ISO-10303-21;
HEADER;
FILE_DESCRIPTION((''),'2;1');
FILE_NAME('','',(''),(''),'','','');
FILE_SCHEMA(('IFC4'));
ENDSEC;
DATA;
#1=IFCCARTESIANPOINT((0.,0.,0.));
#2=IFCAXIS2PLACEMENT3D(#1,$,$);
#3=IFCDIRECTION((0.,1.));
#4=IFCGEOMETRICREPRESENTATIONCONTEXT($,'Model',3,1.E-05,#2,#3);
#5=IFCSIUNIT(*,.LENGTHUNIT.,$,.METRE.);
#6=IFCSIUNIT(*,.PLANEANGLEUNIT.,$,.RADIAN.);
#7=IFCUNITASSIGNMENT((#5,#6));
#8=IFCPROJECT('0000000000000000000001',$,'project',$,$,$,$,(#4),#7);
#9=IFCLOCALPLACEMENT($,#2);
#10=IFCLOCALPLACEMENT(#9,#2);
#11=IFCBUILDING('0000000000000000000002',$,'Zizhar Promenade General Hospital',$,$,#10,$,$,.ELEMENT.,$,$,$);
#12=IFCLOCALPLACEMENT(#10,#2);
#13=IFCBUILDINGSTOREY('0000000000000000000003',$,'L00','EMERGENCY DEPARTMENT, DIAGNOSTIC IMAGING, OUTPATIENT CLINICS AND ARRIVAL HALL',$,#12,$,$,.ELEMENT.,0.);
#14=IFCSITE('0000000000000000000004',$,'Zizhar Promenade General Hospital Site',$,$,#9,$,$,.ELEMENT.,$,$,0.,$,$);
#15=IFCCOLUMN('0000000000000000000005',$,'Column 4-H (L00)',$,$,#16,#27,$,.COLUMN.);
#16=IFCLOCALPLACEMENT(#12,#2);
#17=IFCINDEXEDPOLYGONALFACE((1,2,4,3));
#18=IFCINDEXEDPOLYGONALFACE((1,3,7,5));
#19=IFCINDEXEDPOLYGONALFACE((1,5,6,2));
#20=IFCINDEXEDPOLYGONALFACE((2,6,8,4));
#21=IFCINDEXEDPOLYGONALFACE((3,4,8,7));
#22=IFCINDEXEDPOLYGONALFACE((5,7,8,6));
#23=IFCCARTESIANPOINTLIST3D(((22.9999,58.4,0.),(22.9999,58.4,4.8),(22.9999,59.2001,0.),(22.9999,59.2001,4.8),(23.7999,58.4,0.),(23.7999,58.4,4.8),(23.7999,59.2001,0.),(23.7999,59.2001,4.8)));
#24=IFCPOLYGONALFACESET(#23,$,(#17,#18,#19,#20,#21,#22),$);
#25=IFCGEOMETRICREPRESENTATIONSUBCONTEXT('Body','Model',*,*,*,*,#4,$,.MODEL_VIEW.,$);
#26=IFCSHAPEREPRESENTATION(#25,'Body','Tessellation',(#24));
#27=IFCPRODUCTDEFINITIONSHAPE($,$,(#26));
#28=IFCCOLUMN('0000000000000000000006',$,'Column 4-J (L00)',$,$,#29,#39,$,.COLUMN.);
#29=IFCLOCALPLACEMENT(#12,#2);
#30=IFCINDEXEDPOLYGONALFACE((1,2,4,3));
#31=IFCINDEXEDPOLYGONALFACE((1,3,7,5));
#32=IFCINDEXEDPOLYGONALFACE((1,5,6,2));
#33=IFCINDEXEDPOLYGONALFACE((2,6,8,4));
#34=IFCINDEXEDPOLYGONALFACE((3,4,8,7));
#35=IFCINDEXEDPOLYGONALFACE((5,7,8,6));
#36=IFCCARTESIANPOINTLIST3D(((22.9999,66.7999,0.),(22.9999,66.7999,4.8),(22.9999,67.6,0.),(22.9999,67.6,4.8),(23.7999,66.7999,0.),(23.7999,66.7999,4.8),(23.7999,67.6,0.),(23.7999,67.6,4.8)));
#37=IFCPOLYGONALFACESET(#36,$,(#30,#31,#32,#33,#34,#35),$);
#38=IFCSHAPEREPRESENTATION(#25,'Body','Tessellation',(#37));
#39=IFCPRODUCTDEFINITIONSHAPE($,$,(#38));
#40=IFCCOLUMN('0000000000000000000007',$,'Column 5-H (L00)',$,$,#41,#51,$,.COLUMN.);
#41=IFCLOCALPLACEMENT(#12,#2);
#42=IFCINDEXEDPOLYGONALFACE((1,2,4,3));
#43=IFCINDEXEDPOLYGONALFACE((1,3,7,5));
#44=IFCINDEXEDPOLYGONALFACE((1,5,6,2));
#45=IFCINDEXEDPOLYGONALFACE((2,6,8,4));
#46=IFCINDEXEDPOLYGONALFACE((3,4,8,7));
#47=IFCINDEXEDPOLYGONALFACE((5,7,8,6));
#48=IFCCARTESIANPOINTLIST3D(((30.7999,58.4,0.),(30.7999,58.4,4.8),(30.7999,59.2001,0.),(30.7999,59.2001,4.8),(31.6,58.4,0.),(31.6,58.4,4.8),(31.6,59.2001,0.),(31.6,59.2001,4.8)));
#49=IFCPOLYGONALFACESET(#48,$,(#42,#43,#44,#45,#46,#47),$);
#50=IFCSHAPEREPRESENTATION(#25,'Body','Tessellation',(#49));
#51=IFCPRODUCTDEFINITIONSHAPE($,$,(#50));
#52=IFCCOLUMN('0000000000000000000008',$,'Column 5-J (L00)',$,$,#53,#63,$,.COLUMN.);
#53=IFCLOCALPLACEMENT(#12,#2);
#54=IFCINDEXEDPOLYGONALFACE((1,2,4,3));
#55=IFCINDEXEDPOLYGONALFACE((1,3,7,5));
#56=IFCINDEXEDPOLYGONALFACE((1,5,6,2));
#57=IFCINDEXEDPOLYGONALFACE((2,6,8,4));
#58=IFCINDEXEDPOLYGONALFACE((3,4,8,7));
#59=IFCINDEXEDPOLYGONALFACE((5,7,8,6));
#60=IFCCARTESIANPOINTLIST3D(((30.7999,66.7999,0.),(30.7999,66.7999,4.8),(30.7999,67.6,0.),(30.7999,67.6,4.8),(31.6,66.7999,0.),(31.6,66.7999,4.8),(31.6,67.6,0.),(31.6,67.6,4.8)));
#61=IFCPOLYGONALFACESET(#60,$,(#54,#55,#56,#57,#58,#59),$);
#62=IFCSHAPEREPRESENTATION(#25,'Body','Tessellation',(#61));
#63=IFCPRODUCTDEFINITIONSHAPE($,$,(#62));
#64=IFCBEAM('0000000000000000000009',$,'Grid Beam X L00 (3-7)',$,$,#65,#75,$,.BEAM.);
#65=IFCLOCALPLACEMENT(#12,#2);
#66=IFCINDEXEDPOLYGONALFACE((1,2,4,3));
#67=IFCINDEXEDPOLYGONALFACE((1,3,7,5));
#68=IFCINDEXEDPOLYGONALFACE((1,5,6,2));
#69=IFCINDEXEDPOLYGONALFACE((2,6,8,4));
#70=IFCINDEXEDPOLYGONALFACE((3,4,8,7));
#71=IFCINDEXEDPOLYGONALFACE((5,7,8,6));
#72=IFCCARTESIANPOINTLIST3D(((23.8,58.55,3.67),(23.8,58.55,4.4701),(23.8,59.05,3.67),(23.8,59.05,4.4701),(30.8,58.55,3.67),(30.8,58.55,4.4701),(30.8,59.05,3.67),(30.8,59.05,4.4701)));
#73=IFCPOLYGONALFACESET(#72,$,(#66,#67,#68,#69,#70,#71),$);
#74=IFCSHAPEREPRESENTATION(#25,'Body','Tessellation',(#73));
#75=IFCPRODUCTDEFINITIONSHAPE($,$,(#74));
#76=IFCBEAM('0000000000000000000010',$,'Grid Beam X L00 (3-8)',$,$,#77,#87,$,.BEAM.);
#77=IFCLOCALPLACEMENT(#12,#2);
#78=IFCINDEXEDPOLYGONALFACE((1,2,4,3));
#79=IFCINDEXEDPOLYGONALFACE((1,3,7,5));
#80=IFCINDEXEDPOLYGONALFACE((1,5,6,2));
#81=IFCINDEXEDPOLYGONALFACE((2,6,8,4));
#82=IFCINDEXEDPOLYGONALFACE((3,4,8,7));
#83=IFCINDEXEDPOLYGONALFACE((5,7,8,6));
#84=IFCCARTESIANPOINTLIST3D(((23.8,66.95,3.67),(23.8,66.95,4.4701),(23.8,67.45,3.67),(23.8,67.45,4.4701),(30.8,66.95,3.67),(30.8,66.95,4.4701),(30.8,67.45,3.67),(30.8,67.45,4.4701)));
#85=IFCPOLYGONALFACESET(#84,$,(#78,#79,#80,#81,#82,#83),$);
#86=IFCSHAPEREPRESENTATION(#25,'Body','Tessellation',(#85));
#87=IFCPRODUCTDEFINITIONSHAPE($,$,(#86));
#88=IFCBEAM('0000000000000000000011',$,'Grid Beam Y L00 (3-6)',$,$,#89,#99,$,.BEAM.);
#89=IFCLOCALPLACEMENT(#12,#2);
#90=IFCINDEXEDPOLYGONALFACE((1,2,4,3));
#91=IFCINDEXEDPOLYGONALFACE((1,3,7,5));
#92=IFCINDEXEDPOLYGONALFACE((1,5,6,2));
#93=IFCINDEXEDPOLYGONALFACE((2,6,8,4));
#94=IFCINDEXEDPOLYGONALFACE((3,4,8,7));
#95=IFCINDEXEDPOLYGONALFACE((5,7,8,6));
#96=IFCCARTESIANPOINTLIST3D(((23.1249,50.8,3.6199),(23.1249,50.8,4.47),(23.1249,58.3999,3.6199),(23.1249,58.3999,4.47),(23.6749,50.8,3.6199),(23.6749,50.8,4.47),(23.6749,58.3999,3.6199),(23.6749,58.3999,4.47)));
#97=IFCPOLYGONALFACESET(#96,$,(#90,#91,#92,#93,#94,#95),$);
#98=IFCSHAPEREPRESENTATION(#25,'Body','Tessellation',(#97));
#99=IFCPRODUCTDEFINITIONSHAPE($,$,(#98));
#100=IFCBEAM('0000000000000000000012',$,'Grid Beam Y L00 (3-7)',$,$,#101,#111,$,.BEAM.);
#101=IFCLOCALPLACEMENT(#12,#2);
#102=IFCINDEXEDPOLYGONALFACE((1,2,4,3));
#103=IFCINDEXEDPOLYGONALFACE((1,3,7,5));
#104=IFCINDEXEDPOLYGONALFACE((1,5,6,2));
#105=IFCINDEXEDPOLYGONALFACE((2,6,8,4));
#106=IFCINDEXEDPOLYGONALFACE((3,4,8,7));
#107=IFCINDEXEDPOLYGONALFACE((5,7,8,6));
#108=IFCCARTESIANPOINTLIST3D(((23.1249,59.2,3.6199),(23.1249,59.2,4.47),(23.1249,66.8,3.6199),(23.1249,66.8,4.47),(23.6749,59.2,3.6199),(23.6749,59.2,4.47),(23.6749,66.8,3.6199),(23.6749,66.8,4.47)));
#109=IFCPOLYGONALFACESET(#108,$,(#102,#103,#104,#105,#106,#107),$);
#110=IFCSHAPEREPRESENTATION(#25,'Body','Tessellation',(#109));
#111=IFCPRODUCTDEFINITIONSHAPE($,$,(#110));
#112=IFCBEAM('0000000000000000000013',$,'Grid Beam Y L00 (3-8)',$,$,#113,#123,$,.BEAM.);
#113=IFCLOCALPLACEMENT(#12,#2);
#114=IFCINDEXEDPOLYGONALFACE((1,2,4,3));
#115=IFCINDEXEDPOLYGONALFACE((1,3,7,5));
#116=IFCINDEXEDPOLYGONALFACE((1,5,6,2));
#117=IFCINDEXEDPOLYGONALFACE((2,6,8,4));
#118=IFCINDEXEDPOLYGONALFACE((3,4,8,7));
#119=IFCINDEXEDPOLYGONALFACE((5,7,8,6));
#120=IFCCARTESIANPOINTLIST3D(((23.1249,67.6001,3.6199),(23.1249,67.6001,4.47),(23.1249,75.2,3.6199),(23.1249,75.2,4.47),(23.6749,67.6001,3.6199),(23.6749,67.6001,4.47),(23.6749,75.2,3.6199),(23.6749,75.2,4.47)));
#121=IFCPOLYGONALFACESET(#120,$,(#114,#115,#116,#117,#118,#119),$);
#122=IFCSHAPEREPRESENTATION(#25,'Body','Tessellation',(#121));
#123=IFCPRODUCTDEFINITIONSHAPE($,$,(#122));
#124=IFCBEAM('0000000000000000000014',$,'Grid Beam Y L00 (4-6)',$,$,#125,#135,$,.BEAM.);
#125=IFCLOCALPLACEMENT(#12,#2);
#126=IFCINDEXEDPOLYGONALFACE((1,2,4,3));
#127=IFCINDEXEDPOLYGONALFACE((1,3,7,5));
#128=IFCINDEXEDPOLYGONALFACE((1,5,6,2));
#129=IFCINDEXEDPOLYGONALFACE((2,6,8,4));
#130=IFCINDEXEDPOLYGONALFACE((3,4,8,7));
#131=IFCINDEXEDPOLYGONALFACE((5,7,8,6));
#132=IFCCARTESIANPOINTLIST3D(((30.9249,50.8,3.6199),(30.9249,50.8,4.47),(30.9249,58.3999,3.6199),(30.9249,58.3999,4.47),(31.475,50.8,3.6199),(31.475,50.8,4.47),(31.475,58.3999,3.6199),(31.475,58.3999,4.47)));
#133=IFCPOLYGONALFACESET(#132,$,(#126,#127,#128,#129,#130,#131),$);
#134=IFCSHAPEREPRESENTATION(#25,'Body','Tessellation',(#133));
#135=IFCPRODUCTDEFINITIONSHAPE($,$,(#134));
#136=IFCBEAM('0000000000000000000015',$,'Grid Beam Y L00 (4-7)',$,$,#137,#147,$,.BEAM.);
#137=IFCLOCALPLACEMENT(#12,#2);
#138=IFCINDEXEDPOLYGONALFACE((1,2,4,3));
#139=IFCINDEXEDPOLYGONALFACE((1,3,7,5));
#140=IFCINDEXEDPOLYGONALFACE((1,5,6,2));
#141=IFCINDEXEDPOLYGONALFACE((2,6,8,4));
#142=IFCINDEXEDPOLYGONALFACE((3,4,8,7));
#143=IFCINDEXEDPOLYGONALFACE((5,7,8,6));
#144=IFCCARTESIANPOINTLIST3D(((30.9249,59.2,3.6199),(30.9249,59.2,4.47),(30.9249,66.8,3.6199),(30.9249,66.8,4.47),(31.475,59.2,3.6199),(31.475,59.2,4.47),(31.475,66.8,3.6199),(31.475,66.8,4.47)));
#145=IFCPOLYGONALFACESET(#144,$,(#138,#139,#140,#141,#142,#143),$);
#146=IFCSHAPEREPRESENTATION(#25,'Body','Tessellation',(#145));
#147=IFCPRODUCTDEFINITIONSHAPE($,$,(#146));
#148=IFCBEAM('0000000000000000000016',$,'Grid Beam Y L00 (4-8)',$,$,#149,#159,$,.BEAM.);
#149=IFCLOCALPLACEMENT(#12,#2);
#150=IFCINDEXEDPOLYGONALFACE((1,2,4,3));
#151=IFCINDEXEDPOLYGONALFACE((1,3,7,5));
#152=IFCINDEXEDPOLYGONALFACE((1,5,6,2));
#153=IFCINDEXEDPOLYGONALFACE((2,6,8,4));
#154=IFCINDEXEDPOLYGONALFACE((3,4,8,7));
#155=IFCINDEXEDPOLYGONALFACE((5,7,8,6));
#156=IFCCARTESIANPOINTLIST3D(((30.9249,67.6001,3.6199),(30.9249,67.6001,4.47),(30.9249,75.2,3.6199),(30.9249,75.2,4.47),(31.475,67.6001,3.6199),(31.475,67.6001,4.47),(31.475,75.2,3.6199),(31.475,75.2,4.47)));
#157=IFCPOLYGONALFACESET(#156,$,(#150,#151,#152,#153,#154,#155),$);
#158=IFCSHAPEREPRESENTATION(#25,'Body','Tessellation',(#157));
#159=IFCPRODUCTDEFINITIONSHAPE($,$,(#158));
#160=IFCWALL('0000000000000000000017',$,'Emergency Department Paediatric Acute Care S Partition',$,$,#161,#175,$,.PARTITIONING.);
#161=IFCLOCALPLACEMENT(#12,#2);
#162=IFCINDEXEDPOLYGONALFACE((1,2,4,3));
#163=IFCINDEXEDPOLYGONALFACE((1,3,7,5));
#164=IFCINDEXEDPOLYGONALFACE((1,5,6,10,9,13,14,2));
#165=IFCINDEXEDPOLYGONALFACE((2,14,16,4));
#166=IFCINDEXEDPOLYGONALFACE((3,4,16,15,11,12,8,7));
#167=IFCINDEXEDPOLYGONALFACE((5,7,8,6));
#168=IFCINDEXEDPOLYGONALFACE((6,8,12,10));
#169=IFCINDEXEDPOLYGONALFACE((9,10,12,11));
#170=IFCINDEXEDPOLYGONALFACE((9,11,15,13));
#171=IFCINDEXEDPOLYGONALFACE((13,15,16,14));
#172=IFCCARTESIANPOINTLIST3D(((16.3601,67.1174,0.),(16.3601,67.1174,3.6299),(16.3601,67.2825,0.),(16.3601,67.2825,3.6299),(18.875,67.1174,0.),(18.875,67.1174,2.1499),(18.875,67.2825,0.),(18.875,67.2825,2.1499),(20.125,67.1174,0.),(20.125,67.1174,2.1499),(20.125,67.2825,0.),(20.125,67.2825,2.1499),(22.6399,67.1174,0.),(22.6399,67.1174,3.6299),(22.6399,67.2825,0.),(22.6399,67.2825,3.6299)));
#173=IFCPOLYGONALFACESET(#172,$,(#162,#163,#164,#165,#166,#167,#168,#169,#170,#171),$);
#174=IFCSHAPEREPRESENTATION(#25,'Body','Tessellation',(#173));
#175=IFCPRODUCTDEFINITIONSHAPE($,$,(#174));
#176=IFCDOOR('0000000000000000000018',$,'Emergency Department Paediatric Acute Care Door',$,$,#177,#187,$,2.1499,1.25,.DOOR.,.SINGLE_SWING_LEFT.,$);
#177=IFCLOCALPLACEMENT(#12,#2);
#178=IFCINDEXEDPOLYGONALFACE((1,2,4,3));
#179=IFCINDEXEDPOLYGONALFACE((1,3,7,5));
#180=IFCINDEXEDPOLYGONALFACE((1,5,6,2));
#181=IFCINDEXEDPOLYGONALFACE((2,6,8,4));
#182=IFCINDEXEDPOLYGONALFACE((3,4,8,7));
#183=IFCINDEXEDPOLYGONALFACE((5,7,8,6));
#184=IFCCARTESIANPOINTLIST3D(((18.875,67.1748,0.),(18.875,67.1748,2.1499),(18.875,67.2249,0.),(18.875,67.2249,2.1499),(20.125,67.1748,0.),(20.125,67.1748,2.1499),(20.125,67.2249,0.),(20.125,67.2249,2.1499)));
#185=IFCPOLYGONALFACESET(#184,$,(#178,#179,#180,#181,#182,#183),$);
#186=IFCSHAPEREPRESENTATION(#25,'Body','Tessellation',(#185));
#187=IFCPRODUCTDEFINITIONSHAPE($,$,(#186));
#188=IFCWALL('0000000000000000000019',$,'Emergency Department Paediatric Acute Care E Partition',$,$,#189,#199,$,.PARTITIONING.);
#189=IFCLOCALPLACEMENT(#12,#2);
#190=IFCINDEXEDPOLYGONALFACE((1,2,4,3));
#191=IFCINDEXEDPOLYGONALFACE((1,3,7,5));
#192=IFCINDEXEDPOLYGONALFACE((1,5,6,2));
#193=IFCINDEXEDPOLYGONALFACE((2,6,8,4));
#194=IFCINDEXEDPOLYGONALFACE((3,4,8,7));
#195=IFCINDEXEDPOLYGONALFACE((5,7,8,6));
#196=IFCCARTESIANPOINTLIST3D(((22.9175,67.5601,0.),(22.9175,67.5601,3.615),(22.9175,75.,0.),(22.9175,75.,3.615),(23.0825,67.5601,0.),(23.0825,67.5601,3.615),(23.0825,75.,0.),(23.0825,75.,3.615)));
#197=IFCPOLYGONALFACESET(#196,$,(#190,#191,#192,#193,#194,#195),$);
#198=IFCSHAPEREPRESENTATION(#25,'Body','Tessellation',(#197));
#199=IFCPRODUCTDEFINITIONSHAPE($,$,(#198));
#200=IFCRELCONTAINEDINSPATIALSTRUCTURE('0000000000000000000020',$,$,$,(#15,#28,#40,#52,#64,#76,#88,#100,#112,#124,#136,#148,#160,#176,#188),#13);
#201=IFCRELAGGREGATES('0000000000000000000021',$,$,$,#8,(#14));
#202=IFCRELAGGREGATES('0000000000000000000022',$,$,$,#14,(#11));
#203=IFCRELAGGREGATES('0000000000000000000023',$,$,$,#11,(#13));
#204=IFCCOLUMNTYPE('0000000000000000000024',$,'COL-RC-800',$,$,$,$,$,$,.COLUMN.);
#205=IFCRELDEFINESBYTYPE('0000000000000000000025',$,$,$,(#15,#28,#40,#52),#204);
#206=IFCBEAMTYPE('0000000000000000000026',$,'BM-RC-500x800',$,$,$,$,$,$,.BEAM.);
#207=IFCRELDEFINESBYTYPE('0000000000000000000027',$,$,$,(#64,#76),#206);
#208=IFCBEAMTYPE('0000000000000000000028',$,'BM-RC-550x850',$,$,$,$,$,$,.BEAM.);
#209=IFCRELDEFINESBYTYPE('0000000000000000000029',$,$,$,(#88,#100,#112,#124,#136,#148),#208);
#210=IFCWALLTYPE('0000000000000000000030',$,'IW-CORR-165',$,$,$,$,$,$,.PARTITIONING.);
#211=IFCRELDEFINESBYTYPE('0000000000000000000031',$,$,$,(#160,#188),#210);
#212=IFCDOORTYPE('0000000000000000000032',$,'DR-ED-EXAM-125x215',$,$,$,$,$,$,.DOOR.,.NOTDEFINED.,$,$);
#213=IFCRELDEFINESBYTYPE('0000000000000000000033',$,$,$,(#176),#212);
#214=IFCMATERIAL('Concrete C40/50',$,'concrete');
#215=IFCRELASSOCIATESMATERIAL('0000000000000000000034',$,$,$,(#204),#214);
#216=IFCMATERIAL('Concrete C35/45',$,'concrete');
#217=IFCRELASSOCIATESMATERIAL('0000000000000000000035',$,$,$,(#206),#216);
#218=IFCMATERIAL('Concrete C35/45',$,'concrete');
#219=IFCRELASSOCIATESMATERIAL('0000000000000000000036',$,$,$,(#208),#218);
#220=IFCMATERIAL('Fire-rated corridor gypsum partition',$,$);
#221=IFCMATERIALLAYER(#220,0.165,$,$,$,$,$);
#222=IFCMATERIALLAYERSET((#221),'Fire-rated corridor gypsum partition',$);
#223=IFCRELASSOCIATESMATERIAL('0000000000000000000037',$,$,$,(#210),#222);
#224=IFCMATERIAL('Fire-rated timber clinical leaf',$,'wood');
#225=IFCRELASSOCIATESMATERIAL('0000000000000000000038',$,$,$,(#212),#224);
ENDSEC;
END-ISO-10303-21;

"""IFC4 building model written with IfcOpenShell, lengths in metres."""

from ifc_helpers import new_model, si_unit, direction, frame, frame_2d, origin, origin_2d, place, context, subcontext, project, spatial, rectangle, extrude, material, layer, layer_set, material_profile, profile_set, type_object, element, fill, save


model = new_model("IFC4")

# Units and contexts
model_context = context("Model", 3, precision=1e-05, world=origin(), true_north=direction((0.0, 1.0)))
body_context = subcontext(model_context, "Body", "Model", "MODEL_VIEW")
ifc_project = project(units=[si_unit("LENGTHUNIT", "METRE"), si_unit("PLANEANGLEUNIT", "RADIAN")], contexts=[model_context])

# Site, building, storey
site_placement = place(None, origin())
site = spatial("IfcSite", under=ifc_project, at=site_placement, Name="Zizhar Promenade General Hospital Site", CompositionType="ELEMENT", RefElevation=0.0)
building_placement = place(site_placement, origin())
building = spatial("IfcBuilding", under=site, at=building_placement, Name="Zizhar Promenade General Hospital", CompositionType="ELEMENT")
storey_placement = place(building_placement, origin())
storey = spatial("IfcBuildingStorey", under=building, at=storey_placement, Name="L00", Description="EMERGENCY DEPARTMENT, DIAGNOSTIC IMAGING, OUTPATIENT CLINICS AND ARRIVAL HALL", CompositionType="ELEMENT", Elevation=0.0)

# Columns
ifc_material_1 = material(Name="Concrete C40/50", Category="concrete")
ifc_material_profile_1 = material_profile(ifc_material_1, rectangle(XDim=0.8, YDim=0.8, at=origin_2d()))
ifc_profile_set_1 = profile_set([ifc_material_profile_1], Name="Concrete C40/50")
column_type = type_object("IfcColumnType", Name="COL-RC-800", PredefinedType="COLUMN", material=ifc_profile_set_1)
for number, where, z_axis, x_axis, name in (
    (1, (23.3999, 58.8, 0.0), (0.0, 0.0, 1.0), (1.0, 0.0, 0.0), "Column 4-H (L00)"),
    (2, (23.3999, 67.2, 0.0), (0.0, 0.0, 1.0), (1.0, 0.0, 0.0), "Column 4-J (L00)"),
    (3, (31.2, 58.8, 0.0), (0.0, 0.0, 1.0), (1.0, 0.0, 0.0), "Column 5-H (L00)"),
    (4, (31.2, 67.2, 0.0), (0.0, 0.0, 1.0), (1.0, 0.0, 0.0), "Column 5-J (L00)"),
):
    element("IfcColumn", number, at=place(storey_placement, frame(where, z_axis=z_axis, x_axis=x_axis)), inside=storey, type_object=column_type, Name=name, PredefinedType="COLUMN", context=body_context, shape_type="SweptSolid", body=[
        extrude(rectangle(XDim=0.8, YDim=0.8, at=origin_2d()), origin(), (0.0, 0.0, 1.0), 4.8),
    ])

# Beams
ifc_material_2 = material(Name="Concrete C35/45", Category="concrete")
ifc_material_profile_2 = material_profile(ifc_material_2, rectangle(XDim=0.5, YDim=0.8, at=origin_2d()))
ifc_profile_set_2 = profile_set([ifc_material_profile_2], Name="Concrete C35/45")
beam_type_1 = type_object("IfcBeamType", Name="BM-RC-500x800", PredefinedType="BEAM", material=ifc_profile_set_2)
for number, where, z_axis, x_axis, name in (
    (5, (23.8, 58.8, 4.0701), (1.0, 0.0, 0.0), (0.0, 1.0, 0.0), "Grid Beam X L00 (3-7)"),
    (6, (23.8, 67.2, 4.0701), (1.0, 0.0, 0.0), (0.0, 1.0, 0.0), "Grid Beam X L00 (3-8)"),
):
    element("IfcBeam", number, at=place(storey_placement, frame(where, z_axis=z_axis, x_axis=x_axis)), inside=storey, type_object=beam_type_1, Name=name, PredefinedType="BEAM", context=body_context, shape_type="SweptSolid", body=[
        extrude(rectangle(XDim=0.5, YDim=0.8, at=origin_2d()), origin(), (0.0, 0.0, 1.0), 7.0),
    ])
ifc_material_3 = material(Name="Concrete C35/45", Category="concrete")
ifc_material_profile_3 = material_profile(ifc_material_3, rectangle(XDim=0.55, YDim=0.8501, at=origin_2d()))
ifc_profile_set_3 = profile_set([ifc_material_profile_3], Name="Concrete C35/45")
beam_type_2 = type_object("IfcBeamType", Name="BM-RC-550x850", PredefinedType="BEAM", material=ifc_profile_set_3)
beam_1_placement = place(storey_placement, frame((23.3999, 50.8, 4.0449), z_axis=(0.0, 1.0, 0.0), x_axis=(-1.0, 0.0, 0.0)))
element("IfcBeam", 7, at=beam_1_placement, inside=storey, type_object=beam_type_2, Name="Grid Beam Y L00 (3-6)", PredefinedType="BEAM", context=body_context, shape_type="SweptSolid", body=[
    extrude(rectangle(XDim=0.55, YDim=0.8501, at=origin_2d()), origin(), (0.0, 0.0, 1.0), 7.5999),
])
beam_2_placement = place(storey_placement, frame((23.3999, 59.2, 4.0449), z_axis=(0.0, 1.0, 0.0), x_axis=(-1.0, 0.0, 0.0)))
element("IfcBeam", 8, at=beam_2_placement, inside=storey, type_object=beam_type_2, Name="Grid Beam Y L00 (3-7)", PredefinedType="BEAM", context=body_context, shape_type="SweptSolid", body=[
    extrude(rectangle(XDim=0.55, YDim=0.8501, at=origin_2d()), origin(), (0.0, 0.0, 1.0), 7.6001),
])
for number, where, z_axis, x_axis, name in (
    (9, (23.3999, 67.6001, 4.0449), (0.0, 1.0, 0.0), (-1.0, 0.0, 0.0), "Grid Beam Y L00 (3-8)"),
    (10, (31.2, 50.8, 4.0449), (0.0, 1.0, 0.0), (-1.0, 0.0, 0.0), "Grid Beam Y L00 (4-6)"),
):
    element("IfcBeam", number, at=place(storey_placement, frame(where, z_axis=z_axis, x_axis=x_axis)), inside=storey, type_object=beam_type_2, Name=name, PredefinedType="BEAM", context=body_context, shape_type="SweptSolid", body=[
        extrude(rectangle(XDim=0.55, YDim=0.8501, at=origin_2d()), origin(), (0.0, 0.0, 1.0), 7.5999),
    ])
beam_3_placement = place(storey_placement, frame((31.2, 59.2, 4.0449), z_axis=(0.0, 1.0, 0.0), x_axis=(-1.0, 0.0, 0.0)))
element("IfcBeam", 11, at=beam_3_placement, inside=storey, type_object=beam_type_2, Name="Grid Beam Y L00 (4-7)", PredefinedType="BEAM", context=body_context, shape_type="SweptSolid", body=[
    extrude(rectangle(XDim=0.55, YDim=0.8501, at=origin_2d()), origin(), (0.0, 0.0, 1.0), 7.6001),
])
beam_4_placement = place(storey_placement, frame((31.2, 67.6001, 4.0449), z_axis=(0.0, 1.0, 0.0), x_axis=(-1.0, 0.0, 0.0)))
element("IfcBeam", 12, at=beam_4_placement, inside=storey, type_object=beam_type_2, Name="Grid Beam Y L00 (4-8)", PredefinedType="BEAM", context=body_context, shape_type="SweptSolid", body=[
    extrude(rectangle(XDim=0.55, YDim=0.8501, at=origin_2d()), origin(), (0.0, 0.0, 1.0), 7.5999),
])

# Wall, opening, door
ifc_material_4 = material(Name="Fire-rated corridor gypsum partition")
ifc_layer_1 = layer(ifc_material_4, 0.165)
ifc_layer_set_1 = layer_set([ifc_layer_1], Name="Fire-rated corridor gypsum partition")
wall_type_1 = type_object("IfcWallType", Name="IW-CORR-165", PredefinedType="PARTITIONING", material=ifc_layer_set_1)
wall_1_placement = place(storey_placement, frame((16.3601, 67.2, 0.0), z_axis=(0.0, 0.0, 1.0), x_axis=(1.0, 0.0, 0.0)))
wall_1 = element("IfcWall", 13, at=wall_1_placement, inside=storey, type_object=wall_type_1, Name="Emergency Department Paediatric Acute Care S Partition", PredefinedType="PARTITIONING", context=body_context, shape_type="SweptSolid", body=[
    extrude(rectangle(XDim=6.2798, YDim=0.165, at=frame_2d((3.1399, 0.0))), origin(), (0.0, 0.0, 1.0), 3.6299),
])
opening_1_placement = place(wall_1_placement, frame((2.5149, 0.0, 0.0)))
opening_1 = element("IfcOpeningElement", 14, at=opening_1_placement, cuts=wall_1, PredefinedType="OPENING", context=body_context, shape_type="SweptSolid", body=[
    extrude(rectangle(XDim=1.25, YDim=2.1499, at=frame_2d((0.625, 1.075))), frame((0.0, 0.0925, 0.0), z_axis=(0.0, -1.0, 0.0), x_axis=(1.0, 0.0, 0.0)), (0.0, 0.0, 1.0), 0.1851),
])
ifc_material_5 = material(Name="Fire-rated timber clinical leaf", Category="wood")
door_type_1 = type_object("IfcDoorType", Name="DR-ED-EXAM-125x215", OperationType="NOTDEFINED", PredefinedType="DOOR", material=ifc_material_5)
door_1_placement = place(opening_1_placement, origin())
door_1 = element("IfcDoor", 15, at=door_1_placement, inside=storey, type_object=door_type_1, Name="Emergency Department Paediatric Acute Care Door", OperationType="SINGLE_SWING_LEFT", OverallHeight=2.1499, OverallWidth=1.25, PredefinedType="DOOR", context=body_context, shape_type="SweptSolid", body=[
    extrude(rectangle(XDim=1.25, YDim=2.1499, at=frame_2d((0.625, 1.075))), frame((0.0, 0.0249, 0.0), z_axis=(0.0, -1.0, 0.0), x_axis=(1.0, 0.0, 0.0)), (0.0, 0.0, 1.0), 0.05),
])
fill(opening_1, door_1)

# Wall
wall_2_placement = place(storey_placement, frame((23.0, 67.5601, 0.0), z_axis=(0.0, 0.0, 1.0), x_axis=(0.0, 1.0, 0.0)))
element("IfcWall", 16, at=wall_2_placement, inside=storey, type_object=wall_type_1, Name="Emergency Department Paediatric Acute Care E Partition", PredefinedType="PARTITIONING", context=body_context, shape_type="SweptSolid", body=[
    extrude(rectangle(XDim=7.4399, YDim=0.165, at=frame_2d((3.72, 0.0))), origin(), (0.0, 0.0, 1.0), 3.615),
])

save(model, "model.ifc")
